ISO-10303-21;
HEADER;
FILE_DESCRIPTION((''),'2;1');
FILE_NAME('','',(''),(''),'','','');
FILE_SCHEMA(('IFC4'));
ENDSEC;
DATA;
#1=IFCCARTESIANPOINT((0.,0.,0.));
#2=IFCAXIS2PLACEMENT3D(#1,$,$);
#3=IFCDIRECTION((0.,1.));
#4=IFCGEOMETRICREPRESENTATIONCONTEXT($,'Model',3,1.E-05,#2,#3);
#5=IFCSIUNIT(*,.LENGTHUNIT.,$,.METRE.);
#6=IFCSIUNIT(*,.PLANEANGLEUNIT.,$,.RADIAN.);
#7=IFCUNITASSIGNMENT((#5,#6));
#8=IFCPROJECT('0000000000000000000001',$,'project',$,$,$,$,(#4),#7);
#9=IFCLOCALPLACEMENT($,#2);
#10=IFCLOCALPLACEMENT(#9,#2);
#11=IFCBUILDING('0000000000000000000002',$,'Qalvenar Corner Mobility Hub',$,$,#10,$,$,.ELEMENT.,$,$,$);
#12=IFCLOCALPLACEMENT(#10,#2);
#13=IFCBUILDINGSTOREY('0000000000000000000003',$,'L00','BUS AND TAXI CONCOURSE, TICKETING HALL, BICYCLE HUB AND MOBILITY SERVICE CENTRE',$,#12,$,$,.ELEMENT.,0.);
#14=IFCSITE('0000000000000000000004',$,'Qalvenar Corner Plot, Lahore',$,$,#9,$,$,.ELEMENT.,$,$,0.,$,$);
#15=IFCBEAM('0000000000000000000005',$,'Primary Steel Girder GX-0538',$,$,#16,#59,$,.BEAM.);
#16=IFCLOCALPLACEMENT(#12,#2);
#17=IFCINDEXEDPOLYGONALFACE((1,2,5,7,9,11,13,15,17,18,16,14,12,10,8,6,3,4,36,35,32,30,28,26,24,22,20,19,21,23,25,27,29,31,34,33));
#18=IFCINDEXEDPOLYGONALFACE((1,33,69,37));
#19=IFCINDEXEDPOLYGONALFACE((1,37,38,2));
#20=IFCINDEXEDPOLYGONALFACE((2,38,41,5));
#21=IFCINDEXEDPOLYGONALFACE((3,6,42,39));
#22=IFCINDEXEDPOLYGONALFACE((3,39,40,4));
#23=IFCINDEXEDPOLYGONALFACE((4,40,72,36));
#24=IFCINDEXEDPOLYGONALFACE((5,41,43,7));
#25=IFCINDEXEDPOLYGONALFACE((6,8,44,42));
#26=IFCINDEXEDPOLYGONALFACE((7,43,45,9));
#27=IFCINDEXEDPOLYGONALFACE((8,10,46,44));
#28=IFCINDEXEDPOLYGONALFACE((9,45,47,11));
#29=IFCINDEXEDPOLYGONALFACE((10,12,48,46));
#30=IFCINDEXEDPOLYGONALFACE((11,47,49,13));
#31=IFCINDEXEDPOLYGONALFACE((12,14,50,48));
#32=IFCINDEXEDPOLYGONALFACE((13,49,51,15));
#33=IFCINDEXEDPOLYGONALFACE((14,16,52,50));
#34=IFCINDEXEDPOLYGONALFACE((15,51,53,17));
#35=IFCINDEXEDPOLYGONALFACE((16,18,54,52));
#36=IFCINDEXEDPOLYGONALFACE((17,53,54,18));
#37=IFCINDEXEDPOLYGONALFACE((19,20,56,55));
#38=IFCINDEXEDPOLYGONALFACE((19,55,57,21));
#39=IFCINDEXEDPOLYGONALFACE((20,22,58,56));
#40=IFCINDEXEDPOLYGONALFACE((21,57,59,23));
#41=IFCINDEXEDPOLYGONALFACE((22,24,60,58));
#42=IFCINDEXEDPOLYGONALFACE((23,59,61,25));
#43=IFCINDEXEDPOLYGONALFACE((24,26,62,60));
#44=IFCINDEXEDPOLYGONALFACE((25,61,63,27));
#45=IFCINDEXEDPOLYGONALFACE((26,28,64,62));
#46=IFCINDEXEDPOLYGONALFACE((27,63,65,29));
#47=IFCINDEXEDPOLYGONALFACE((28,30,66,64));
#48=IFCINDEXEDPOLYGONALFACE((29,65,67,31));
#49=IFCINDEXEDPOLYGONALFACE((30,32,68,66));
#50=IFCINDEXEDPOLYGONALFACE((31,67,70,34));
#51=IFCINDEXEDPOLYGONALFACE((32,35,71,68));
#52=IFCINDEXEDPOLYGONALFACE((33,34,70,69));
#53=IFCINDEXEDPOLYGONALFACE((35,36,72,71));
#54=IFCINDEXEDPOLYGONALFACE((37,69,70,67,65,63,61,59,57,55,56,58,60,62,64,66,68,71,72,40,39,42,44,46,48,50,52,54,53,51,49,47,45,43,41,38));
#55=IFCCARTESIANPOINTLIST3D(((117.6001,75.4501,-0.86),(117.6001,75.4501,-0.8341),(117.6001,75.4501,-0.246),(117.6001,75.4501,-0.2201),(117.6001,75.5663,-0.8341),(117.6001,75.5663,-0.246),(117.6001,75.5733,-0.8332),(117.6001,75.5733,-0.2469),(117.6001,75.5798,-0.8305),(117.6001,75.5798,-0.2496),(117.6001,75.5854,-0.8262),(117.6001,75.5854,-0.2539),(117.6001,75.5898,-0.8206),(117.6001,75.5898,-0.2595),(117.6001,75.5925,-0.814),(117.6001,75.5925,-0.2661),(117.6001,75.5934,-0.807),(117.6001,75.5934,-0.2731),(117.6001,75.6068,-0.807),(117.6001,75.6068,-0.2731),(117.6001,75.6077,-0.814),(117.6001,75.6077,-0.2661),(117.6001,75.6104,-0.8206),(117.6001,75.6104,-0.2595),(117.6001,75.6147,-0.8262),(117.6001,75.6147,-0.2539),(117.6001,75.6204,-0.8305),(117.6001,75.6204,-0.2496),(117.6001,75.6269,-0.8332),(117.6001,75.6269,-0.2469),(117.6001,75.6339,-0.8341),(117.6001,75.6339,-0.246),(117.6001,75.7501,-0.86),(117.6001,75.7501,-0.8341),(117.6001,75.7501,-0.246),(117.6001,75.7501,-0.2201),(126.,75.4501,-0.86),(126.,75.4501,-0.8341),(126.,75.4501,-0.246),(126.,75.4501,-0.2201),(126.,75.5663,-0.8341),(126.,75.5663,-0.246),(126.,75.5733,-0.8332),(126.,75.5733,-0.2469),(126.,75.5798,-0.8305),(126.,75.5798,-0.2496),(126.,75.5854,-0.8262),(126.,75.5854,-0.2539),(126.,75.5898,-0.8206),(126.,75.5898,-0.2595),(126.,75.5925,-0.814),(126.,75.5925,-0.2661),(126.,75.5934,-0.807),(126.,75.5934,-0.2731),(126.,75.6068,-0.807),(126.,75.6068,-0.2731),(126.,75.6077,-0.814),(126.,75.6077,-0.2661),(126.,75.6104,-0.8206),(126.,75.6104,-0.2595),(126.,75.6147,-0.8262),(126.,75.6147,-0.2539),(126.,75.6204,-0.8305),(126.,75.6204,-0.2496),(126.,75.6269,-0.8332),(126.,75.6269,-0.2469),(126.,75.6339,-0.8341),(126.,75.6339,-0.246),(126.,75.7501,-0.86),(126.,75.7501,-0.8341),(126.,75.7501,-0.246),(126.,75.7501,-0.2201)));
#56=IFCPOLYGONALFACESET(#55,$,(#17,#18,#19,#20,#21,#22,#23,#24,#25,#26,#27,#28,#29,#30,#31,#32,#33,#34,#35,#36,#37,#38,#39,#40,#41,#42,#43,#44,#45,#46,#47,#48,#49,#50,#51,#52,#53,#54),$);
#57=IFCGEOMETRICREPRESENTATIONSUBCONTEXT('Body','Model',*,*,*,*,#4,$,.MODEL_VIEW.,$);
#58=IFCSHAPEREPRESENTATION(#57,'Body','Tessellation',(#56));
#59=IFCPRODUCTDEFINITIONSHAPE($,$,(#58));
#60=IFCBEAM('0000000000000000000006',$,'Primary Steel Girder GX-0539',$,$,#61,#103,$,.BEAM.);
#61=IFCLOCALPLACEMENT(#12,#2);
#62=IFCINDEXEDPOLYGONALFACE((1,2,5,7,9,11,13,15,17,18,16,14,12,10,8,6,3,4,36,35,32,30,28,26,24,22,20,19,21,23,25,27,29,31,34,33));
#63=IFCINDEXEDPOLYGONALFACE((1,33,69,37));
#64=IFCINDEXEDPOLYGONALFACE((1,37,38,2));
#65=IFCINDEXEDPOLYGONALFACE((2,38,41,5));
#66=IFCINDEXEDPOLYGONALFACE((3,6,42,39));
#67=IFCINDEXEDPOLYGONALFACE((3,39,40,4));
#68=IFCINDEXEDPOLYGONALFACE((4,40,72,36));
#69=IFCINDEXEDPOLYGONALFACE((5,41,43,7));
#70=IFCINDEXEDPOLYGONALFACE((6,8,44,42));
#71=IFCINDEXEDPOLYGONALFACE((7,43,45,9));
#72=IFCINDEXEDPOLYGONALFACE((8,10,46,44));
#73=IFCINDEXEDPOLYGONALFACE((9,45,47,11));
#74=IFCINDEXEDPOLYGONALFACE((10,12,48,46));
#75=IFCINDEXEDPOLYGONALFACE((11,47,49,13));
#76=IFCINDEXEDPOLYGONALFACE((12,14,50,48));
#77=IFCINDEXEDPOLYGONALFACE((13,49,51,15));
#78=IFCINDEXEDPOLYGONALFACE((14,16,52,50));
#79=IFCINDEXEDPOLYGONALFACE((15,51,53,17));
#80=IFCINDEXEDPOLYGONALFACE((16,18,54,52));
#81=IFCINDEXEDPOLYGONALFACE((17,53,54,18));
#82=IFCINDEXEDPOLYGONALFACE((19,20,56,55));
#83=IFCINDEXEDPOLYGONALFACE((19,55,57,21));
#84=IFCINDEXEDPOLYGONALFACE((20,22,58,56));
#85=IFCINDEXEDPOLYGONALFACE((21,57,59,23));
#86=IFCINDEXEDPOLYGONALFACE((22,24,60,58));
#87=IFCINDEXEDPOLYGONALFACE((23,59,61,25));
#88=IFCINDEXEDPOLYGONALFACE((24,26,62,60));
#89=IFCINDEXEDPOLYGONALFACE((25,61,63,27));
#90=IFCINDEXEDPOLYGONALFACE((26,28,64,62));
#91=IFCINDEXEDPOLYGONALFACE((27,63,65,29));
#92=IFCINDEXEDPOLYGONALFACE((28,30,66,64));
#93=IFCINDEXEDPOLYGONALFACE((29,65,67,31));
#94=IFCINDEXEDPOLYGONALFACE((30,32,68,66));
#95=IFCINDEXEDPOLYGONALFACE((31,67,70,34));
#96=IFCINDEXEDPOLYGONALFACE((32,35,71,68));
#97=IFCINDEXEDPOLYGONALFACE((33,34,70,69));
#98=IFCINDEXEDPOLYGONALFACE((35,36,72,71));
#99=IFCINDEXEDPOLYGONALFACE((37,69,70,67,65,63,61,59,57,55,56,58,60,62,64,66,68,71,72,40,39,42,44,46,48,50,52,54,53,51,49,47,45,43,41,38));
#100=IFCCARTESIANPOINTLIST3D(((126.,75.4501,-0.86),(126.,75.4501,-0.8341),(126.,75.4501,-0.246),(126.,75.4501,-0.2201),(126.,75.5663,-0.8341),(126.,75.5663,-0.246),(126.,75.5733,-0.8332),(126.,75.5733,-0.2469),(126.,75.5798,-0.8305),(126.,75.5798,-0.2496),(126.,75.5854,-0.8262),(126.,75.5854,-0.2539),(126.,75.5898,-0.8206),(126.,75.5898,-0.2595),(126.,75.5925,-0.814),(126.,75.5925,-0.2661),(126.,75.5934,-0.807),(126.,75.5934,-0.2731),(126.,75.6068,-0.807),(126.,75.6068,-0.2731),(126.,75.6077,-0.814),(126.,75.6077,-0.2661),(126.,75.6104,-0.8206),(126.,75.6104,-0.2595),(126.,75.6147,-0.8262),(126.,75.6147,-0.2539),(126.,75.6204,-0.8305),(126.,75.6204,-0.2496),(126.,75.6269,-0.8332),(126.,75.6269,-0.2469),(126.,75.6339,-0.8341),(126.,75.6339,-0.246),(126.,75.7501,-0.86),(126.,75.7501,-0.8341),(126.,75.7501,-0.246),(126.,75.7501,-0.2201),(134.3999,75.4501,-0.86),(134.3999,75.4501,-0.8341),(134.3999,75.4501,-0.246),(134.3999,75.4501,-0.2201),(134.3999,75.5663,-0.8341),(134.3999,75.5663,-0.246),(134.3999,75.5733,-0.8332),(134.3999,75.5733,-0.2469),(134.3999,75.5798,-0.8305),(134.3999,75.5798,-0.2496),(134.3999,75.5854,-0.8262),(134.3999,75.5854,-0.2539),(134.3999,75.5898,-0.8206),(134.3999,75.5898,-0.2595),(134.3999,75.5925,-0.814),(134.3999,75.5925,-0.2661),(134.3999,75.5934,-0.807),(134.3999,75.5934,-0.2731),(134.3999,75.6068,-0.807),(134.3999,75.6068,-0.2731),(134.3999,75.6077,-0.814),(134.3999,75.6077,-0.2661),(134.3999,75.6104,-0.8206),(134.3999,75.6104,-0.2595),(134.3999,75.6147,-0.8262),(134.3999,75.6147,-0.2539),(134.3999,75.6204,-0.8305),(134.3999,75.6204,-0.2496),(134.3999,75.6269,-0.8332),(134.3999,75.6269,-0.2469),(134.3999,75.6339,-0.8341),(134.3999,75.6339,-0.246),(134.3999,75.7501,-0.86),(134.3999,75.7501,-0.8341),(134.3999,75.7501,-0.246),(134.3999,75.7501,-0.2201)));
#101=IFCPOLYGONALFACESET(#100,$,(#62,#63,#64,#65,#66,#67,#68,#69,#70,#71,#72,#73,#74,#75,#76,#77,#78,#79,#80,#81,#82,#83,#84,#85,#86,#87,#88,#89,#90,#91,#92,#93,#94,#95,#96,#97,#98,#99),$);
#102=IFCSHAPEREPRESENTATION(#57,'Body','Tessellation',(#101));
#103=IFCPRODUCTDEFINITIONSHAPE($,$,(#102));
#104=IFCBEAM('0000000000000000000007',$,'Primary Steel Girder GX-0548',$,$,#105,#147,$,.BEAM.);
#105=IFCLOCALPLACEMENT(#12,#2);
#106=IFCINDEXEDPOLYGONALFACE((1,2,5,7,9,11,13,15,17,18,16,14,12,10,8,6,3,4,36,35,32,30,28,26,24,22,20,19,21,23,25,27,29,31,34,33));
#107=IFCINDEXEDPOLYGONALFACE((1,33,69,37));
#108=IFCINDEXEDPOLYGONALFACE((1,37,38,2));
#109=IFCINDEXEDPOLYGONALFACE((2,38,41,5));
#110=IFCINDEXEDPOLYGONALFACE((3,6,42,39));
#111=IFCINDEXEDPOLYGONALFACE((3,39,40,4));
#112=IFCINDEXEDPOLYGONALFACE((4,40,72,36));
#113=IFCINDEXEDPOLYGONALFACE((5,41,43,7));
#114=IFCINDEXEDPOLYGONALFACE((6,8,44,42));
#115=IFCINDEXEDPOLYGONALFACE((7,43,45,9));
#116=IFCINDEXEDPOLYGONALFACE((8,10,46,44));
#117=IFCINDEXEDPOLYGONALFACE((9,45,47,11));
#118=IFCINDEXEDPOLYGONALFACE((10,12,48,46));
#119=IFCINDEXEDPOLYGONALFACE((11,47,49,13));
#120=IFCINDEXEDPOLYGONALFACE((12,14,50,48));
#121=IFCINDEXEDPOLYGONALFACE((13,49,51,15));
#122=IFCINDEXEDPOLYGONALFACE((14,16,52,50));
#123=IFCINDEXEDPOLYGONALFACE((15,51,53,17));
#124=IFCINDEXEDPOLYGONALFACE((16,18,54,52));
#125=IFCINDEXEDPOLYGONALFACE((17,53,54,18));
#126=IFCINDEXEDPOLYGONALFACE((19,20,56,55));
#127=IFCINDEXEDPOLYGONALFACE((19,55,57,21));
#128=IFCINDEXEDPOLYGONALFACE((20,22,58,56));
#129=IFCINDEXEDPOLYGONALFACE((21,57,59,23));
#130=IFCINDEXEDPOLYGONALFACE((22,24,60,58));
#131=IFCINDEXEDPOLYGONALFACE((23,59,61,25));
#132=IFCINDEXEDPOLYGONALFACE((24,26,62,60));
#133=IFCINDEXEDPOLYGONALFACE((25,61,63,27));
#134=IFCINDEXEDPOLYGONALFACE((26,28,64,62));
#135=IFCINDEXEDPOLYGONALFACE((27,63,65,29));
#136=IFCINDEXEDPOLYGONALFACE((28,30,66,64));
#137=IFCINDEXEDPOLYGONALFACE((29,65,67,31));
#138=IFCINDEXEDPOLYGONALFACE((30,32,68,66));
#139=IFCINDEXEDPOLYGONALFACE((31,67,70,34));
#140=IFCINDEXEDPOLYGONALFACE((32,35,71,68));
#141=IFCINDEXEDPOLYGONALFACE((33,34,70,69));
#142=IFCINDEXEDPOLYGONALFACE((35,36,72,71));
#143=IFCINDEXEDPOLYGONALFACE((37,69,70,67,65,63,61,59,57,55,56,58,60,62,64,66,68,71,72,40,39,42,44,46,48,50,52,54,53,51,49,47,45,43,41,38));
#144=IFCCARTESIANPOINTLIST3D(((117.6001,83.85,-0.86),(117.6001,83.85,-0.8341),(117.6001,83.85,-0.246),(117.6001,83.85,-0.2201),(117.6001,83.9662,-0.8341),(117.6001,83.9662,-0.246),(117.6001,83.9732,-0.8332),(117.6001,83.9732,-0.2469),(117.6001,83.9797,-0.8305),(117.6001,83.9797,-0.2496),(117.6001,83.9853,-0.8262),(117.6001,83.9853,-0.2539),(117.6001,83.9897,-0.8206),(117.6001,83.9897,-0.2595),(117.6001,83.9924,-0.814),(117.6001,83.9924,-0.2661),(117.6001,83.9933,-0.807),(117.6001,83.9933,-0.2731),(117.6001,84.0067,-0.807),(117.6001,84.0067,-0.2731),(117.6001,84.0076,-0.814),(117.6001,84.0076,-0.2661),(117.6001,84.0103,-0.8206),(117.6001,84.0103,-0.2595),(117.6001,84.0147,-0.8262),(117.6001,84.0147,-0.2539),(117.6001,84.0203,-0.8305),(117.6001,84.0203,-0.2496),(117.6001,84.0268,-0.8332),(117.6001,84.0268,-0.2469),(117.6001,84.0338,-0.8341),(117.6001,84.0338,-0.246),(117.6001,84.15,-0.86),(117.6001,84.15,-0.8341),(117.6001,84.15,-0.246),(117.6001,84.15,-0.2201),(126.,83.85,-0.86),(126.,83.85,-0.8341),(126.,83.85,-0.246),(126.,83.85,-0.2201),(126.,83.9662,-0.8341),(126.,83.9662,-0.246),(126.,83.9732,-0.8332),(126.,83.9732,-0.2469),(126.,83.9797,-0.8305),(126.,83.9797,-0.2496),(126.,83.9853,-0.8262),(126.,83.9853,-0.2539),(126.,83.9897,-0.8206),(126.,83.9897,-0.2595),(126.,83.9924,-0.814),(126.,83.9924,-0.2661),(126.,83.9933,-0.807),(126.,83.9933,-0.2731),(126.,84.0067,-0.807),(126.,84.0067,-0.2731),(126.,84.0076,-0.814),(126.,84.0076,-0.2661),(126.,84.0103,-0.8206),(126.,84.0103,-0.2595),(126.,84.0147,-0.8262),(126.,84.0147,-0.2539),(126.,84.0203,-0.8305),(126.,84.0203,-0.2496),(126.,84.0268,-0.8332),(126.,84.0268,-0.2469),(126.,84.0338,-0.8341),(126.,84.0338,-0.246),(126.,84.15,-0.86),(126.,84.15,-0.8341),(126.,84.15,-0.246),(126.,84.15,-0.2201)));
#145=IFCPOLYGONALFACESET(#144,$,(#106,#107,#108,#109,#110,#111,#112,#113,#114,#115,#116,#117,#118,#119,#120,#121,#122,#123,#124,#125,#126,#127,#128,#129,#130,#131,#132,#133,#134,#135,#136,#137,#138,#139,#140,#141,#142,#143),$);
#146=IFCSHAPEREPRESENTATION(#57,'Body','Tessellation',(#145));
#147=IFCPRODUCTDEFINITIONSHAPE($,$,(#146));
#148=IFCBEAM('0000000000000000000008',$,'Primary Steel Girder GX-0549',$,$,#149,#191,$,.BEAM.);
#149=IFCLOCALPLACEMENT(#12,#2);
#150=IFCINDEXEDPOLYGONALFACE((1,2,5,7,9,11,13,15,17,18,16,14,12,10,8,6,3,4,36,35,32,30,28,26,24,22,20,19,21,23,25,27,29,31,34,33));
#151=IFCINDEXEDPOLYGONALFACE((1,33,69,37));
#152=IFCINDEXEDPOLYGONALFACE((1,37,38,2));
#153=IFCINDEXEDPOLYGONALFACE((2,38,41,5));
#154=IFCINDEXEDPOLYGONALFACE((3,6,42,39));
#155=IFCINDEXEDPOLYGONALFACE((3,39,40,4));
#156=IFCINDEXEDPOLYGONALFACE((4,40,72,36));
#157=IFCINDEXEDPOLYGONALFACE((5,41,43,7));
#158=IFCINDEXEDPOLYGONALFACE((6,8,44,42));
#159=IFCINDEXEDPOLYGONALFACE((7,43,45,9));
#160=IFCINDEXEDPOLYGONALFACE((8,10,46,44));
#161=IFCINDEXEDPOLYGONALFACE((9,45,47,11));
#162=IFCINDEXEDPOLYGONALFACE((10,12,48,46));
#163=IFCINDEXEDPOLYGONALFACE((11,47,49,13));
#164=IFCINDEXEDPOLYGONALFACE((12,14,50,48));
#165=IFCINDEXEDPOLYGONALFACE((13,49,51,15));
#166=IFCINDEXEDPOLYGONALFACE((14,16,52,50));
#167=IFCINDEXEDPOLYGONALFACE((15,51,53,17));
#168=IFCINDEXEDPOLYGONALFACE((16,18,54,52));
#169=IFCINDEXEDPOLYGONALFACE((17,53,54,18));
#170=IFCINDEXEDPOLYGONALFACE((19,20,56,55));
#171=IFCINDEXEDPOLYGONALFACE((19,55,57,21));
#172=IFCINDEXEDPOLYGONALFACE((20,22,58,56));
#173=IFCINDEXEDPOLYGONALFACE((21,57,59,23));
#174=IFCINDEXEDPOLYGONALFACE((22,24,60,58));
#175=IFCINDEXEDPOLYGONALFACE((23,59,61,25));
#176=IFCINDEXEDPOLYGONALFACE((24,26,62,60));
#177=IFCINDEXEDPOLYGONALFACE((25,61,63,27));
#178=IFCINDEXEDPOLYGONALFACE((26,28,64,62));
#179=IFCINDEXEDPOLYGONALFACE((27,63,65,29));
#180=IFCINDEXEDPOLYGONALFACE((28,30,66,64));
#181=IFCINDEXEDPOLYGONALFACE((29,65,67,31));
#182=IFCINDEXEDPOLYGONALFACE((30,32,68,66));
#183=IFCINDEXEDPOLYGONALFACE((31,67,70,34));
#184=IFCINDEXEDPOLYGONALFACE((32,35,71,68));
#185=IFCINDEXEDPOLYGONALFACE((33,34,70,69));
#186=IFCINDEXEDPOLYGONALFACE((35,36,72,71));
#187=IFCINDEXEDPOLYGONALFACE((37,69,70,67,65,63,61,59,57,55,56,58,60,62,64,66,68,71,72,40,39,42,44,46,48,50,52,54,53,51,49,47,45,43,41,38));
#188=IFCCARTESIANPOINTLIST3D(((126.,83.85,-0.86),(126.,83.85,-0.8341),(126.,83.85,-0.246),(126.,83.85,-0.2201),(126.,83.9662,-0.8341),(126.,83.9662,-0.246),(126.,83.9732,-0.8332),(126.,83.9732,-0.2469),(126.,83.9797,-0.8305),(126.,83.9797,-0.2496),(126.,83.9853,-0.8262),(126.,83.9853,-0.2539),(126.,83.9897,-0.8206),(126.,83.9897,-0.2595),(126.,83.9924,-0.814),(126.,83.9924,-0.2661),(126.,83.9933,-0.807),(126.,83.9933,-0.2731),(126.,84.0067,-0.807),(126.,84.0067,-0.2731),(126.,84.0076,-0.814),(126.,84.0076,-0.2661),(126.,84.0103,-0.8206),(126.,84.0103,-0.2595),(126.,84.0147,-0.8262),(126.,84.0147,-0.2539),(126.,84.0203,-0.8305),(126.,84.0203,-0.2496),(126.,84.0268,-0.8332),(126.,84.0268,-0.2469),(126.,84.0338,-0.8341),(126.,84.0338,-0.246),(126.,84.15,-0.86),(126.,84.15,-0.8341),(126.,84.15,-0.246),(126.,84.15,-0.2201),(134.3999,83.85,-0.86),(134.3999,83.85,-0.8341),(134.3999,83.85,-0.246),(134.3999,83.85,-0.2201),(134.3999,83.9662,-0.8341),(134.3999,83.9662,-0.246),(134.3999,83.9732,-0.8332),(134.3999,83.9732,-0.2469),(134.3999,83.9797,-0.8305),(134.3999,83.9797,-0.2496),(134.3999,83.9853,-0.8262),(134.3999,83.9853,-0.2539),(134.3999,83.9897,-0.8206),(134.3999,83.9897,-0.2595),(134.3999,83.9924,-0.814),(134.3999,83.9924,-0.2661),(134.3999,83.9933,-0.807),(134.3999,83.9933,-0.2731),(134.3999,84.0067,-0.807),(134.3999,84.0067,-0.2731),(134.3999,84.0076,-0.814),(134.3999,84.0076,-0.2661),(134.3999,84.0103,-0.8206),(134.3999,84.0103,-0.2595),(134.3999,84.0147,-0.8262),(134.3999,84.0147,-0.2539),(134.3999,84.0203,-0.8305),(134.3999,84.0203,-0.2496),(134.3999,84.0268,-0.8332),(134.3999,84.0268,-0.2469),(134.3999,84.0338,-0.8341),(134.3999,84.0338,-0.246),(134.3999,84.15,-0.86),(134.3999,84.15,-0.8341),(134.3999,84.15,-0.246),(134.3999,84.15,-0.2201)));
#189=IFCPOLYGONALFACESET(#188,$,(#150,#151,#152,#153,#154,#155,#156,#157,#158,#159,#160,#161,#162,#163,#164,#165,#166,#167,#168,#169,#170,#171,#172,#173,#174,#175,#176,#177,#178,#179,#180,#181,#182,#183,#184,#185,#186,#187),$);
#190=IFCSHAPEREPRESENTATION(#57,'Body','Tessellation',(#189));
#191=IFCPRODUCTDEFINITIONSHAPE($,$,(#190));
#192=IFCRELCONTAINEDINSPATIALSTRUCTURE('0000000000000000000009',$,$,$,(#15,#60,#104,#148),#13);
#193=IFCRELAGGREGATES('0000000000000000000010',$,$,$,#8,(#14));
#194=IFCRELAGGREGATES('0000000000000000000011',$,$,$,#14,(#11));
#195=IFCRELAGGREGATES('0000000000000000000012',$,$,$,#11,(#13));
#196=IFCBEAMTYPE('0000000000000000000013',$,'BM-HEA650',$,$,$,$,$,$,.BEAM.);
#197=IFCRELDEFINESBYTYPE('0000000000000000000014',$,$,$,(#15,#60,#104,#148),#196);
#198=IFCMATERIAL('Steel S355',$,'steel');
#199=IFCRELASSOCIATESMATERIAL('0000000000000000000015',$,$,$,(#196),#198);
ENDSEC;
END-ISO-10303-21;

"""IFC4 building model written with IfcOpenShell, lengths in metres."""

from ifc_helpers import new_model, si_unit, direction, frame, origin, origin_2d, place, context, subcontext, project, spatial, i_section, extrude, material, material_profile, profile_set, type_object, element, save


model = new_model("IFC4")

# Units and contexts
model_context = context("Model", 3, precision=1e-05, world=origin(), true_north=direction((0.0, 1.0)))
body_context = subcontext(model_context, "Body", "Model", "MODEL_VIEW")
ifc_project = project(units=[si_unit("LENGTHUNIT", "METRE"), si_unit("PLANEANGLEUNIT", "RADIAN")], contexts=[model_context])

# Site, building, storey
site_placement = place(None, origin())
site = spatial("IfcSite", under=ifc_project, at=site_placement, Name="Qalvenar Corner Plot, Lahore", CompositionType="ELEMENT", RefElevation=0.0)
building_placement = place(site_placement, origin())
building = spatial("IfcBuilding", under=site, at=building_placement, Name="Qalvenar Corner Mobility Hub", CompositionType="ELEMENT")
storey_placement = place(building_placement, origin())
storey = spatial("IfcBuildingStorey", under=building, at=storey_placement, Name="L00", Description="BUS AND TAXI CONCOURSE, TICKETING HALL, BICYCLE HUB AND MOBILITY SERVICE CENTRE", CompositionType="ELEMENT", Elevation=0.0)

# Shared definitions
ifc_material_1 = material(Name="Steel S355", Category="steel")

# Beams
ifc_material_profile_1 = material_profile(ifc_material_1, i_section(OverallWidth=0.3, OverallDepth=0.6399, WebThickness=0.0134, FlangeThickness=0.0259, FilletRadius=0.0271, at=origin_2d()), Name="HEA650")
ifc_profile_set_1 = profile_set([ifc_material_profile_1], Name="Steel S355")
beam_type_1 = type_object("IfcBeamType", Name="BM-HEA650", PredefinedType="BEAM", material=ifc_profile_set_1)
for number, where, z_axis, x_axis, name in (
    (1, (117.6001, 75.6001, -0.54), (1.0, 0.0, 0.0), (0.0, 1.0, 0.0), "Primary Steel Girder GX-0538"),
    (2, (126.0, 75.6001, -0.54), (1.0, 0.0, 0.0), (0.0, 1.0, 0.0), "Primary Steel Girder GX-0539"),
    (3, (117.6001, 84.0, -0.54), (1.0, 0.0, 0.0), (0.0, 1.0, 0.0), "Primary Steel Girder GX-0548"),
    (4, (126.0, 84.0, -0.54), (1.0, 0.0, 0.0), (0.0, 1.0, 0.0), "Primary Steel Girder GX-0549"),
):
    element("IfcBeam", number, at=place(storey_placement, frame(where, z_axis=z_axis, x_axis=x_axis)), inside=storey, type_object=beam_type_1, Name=name, PredefinedType="BEAM", context=body_context, shape_type="SweptSolid", body=[
        extrude(i_section(OverallWidth=0.3, OverallDepth=0.6399, WebThickness=0.0134, FlangeThickness=0.0259, FilletRadius=0.0271, at=origin_2d()), origin(), (0.0, 0.0, 1.0), 8.3999),
    ])

save(model, "model.ifc")
